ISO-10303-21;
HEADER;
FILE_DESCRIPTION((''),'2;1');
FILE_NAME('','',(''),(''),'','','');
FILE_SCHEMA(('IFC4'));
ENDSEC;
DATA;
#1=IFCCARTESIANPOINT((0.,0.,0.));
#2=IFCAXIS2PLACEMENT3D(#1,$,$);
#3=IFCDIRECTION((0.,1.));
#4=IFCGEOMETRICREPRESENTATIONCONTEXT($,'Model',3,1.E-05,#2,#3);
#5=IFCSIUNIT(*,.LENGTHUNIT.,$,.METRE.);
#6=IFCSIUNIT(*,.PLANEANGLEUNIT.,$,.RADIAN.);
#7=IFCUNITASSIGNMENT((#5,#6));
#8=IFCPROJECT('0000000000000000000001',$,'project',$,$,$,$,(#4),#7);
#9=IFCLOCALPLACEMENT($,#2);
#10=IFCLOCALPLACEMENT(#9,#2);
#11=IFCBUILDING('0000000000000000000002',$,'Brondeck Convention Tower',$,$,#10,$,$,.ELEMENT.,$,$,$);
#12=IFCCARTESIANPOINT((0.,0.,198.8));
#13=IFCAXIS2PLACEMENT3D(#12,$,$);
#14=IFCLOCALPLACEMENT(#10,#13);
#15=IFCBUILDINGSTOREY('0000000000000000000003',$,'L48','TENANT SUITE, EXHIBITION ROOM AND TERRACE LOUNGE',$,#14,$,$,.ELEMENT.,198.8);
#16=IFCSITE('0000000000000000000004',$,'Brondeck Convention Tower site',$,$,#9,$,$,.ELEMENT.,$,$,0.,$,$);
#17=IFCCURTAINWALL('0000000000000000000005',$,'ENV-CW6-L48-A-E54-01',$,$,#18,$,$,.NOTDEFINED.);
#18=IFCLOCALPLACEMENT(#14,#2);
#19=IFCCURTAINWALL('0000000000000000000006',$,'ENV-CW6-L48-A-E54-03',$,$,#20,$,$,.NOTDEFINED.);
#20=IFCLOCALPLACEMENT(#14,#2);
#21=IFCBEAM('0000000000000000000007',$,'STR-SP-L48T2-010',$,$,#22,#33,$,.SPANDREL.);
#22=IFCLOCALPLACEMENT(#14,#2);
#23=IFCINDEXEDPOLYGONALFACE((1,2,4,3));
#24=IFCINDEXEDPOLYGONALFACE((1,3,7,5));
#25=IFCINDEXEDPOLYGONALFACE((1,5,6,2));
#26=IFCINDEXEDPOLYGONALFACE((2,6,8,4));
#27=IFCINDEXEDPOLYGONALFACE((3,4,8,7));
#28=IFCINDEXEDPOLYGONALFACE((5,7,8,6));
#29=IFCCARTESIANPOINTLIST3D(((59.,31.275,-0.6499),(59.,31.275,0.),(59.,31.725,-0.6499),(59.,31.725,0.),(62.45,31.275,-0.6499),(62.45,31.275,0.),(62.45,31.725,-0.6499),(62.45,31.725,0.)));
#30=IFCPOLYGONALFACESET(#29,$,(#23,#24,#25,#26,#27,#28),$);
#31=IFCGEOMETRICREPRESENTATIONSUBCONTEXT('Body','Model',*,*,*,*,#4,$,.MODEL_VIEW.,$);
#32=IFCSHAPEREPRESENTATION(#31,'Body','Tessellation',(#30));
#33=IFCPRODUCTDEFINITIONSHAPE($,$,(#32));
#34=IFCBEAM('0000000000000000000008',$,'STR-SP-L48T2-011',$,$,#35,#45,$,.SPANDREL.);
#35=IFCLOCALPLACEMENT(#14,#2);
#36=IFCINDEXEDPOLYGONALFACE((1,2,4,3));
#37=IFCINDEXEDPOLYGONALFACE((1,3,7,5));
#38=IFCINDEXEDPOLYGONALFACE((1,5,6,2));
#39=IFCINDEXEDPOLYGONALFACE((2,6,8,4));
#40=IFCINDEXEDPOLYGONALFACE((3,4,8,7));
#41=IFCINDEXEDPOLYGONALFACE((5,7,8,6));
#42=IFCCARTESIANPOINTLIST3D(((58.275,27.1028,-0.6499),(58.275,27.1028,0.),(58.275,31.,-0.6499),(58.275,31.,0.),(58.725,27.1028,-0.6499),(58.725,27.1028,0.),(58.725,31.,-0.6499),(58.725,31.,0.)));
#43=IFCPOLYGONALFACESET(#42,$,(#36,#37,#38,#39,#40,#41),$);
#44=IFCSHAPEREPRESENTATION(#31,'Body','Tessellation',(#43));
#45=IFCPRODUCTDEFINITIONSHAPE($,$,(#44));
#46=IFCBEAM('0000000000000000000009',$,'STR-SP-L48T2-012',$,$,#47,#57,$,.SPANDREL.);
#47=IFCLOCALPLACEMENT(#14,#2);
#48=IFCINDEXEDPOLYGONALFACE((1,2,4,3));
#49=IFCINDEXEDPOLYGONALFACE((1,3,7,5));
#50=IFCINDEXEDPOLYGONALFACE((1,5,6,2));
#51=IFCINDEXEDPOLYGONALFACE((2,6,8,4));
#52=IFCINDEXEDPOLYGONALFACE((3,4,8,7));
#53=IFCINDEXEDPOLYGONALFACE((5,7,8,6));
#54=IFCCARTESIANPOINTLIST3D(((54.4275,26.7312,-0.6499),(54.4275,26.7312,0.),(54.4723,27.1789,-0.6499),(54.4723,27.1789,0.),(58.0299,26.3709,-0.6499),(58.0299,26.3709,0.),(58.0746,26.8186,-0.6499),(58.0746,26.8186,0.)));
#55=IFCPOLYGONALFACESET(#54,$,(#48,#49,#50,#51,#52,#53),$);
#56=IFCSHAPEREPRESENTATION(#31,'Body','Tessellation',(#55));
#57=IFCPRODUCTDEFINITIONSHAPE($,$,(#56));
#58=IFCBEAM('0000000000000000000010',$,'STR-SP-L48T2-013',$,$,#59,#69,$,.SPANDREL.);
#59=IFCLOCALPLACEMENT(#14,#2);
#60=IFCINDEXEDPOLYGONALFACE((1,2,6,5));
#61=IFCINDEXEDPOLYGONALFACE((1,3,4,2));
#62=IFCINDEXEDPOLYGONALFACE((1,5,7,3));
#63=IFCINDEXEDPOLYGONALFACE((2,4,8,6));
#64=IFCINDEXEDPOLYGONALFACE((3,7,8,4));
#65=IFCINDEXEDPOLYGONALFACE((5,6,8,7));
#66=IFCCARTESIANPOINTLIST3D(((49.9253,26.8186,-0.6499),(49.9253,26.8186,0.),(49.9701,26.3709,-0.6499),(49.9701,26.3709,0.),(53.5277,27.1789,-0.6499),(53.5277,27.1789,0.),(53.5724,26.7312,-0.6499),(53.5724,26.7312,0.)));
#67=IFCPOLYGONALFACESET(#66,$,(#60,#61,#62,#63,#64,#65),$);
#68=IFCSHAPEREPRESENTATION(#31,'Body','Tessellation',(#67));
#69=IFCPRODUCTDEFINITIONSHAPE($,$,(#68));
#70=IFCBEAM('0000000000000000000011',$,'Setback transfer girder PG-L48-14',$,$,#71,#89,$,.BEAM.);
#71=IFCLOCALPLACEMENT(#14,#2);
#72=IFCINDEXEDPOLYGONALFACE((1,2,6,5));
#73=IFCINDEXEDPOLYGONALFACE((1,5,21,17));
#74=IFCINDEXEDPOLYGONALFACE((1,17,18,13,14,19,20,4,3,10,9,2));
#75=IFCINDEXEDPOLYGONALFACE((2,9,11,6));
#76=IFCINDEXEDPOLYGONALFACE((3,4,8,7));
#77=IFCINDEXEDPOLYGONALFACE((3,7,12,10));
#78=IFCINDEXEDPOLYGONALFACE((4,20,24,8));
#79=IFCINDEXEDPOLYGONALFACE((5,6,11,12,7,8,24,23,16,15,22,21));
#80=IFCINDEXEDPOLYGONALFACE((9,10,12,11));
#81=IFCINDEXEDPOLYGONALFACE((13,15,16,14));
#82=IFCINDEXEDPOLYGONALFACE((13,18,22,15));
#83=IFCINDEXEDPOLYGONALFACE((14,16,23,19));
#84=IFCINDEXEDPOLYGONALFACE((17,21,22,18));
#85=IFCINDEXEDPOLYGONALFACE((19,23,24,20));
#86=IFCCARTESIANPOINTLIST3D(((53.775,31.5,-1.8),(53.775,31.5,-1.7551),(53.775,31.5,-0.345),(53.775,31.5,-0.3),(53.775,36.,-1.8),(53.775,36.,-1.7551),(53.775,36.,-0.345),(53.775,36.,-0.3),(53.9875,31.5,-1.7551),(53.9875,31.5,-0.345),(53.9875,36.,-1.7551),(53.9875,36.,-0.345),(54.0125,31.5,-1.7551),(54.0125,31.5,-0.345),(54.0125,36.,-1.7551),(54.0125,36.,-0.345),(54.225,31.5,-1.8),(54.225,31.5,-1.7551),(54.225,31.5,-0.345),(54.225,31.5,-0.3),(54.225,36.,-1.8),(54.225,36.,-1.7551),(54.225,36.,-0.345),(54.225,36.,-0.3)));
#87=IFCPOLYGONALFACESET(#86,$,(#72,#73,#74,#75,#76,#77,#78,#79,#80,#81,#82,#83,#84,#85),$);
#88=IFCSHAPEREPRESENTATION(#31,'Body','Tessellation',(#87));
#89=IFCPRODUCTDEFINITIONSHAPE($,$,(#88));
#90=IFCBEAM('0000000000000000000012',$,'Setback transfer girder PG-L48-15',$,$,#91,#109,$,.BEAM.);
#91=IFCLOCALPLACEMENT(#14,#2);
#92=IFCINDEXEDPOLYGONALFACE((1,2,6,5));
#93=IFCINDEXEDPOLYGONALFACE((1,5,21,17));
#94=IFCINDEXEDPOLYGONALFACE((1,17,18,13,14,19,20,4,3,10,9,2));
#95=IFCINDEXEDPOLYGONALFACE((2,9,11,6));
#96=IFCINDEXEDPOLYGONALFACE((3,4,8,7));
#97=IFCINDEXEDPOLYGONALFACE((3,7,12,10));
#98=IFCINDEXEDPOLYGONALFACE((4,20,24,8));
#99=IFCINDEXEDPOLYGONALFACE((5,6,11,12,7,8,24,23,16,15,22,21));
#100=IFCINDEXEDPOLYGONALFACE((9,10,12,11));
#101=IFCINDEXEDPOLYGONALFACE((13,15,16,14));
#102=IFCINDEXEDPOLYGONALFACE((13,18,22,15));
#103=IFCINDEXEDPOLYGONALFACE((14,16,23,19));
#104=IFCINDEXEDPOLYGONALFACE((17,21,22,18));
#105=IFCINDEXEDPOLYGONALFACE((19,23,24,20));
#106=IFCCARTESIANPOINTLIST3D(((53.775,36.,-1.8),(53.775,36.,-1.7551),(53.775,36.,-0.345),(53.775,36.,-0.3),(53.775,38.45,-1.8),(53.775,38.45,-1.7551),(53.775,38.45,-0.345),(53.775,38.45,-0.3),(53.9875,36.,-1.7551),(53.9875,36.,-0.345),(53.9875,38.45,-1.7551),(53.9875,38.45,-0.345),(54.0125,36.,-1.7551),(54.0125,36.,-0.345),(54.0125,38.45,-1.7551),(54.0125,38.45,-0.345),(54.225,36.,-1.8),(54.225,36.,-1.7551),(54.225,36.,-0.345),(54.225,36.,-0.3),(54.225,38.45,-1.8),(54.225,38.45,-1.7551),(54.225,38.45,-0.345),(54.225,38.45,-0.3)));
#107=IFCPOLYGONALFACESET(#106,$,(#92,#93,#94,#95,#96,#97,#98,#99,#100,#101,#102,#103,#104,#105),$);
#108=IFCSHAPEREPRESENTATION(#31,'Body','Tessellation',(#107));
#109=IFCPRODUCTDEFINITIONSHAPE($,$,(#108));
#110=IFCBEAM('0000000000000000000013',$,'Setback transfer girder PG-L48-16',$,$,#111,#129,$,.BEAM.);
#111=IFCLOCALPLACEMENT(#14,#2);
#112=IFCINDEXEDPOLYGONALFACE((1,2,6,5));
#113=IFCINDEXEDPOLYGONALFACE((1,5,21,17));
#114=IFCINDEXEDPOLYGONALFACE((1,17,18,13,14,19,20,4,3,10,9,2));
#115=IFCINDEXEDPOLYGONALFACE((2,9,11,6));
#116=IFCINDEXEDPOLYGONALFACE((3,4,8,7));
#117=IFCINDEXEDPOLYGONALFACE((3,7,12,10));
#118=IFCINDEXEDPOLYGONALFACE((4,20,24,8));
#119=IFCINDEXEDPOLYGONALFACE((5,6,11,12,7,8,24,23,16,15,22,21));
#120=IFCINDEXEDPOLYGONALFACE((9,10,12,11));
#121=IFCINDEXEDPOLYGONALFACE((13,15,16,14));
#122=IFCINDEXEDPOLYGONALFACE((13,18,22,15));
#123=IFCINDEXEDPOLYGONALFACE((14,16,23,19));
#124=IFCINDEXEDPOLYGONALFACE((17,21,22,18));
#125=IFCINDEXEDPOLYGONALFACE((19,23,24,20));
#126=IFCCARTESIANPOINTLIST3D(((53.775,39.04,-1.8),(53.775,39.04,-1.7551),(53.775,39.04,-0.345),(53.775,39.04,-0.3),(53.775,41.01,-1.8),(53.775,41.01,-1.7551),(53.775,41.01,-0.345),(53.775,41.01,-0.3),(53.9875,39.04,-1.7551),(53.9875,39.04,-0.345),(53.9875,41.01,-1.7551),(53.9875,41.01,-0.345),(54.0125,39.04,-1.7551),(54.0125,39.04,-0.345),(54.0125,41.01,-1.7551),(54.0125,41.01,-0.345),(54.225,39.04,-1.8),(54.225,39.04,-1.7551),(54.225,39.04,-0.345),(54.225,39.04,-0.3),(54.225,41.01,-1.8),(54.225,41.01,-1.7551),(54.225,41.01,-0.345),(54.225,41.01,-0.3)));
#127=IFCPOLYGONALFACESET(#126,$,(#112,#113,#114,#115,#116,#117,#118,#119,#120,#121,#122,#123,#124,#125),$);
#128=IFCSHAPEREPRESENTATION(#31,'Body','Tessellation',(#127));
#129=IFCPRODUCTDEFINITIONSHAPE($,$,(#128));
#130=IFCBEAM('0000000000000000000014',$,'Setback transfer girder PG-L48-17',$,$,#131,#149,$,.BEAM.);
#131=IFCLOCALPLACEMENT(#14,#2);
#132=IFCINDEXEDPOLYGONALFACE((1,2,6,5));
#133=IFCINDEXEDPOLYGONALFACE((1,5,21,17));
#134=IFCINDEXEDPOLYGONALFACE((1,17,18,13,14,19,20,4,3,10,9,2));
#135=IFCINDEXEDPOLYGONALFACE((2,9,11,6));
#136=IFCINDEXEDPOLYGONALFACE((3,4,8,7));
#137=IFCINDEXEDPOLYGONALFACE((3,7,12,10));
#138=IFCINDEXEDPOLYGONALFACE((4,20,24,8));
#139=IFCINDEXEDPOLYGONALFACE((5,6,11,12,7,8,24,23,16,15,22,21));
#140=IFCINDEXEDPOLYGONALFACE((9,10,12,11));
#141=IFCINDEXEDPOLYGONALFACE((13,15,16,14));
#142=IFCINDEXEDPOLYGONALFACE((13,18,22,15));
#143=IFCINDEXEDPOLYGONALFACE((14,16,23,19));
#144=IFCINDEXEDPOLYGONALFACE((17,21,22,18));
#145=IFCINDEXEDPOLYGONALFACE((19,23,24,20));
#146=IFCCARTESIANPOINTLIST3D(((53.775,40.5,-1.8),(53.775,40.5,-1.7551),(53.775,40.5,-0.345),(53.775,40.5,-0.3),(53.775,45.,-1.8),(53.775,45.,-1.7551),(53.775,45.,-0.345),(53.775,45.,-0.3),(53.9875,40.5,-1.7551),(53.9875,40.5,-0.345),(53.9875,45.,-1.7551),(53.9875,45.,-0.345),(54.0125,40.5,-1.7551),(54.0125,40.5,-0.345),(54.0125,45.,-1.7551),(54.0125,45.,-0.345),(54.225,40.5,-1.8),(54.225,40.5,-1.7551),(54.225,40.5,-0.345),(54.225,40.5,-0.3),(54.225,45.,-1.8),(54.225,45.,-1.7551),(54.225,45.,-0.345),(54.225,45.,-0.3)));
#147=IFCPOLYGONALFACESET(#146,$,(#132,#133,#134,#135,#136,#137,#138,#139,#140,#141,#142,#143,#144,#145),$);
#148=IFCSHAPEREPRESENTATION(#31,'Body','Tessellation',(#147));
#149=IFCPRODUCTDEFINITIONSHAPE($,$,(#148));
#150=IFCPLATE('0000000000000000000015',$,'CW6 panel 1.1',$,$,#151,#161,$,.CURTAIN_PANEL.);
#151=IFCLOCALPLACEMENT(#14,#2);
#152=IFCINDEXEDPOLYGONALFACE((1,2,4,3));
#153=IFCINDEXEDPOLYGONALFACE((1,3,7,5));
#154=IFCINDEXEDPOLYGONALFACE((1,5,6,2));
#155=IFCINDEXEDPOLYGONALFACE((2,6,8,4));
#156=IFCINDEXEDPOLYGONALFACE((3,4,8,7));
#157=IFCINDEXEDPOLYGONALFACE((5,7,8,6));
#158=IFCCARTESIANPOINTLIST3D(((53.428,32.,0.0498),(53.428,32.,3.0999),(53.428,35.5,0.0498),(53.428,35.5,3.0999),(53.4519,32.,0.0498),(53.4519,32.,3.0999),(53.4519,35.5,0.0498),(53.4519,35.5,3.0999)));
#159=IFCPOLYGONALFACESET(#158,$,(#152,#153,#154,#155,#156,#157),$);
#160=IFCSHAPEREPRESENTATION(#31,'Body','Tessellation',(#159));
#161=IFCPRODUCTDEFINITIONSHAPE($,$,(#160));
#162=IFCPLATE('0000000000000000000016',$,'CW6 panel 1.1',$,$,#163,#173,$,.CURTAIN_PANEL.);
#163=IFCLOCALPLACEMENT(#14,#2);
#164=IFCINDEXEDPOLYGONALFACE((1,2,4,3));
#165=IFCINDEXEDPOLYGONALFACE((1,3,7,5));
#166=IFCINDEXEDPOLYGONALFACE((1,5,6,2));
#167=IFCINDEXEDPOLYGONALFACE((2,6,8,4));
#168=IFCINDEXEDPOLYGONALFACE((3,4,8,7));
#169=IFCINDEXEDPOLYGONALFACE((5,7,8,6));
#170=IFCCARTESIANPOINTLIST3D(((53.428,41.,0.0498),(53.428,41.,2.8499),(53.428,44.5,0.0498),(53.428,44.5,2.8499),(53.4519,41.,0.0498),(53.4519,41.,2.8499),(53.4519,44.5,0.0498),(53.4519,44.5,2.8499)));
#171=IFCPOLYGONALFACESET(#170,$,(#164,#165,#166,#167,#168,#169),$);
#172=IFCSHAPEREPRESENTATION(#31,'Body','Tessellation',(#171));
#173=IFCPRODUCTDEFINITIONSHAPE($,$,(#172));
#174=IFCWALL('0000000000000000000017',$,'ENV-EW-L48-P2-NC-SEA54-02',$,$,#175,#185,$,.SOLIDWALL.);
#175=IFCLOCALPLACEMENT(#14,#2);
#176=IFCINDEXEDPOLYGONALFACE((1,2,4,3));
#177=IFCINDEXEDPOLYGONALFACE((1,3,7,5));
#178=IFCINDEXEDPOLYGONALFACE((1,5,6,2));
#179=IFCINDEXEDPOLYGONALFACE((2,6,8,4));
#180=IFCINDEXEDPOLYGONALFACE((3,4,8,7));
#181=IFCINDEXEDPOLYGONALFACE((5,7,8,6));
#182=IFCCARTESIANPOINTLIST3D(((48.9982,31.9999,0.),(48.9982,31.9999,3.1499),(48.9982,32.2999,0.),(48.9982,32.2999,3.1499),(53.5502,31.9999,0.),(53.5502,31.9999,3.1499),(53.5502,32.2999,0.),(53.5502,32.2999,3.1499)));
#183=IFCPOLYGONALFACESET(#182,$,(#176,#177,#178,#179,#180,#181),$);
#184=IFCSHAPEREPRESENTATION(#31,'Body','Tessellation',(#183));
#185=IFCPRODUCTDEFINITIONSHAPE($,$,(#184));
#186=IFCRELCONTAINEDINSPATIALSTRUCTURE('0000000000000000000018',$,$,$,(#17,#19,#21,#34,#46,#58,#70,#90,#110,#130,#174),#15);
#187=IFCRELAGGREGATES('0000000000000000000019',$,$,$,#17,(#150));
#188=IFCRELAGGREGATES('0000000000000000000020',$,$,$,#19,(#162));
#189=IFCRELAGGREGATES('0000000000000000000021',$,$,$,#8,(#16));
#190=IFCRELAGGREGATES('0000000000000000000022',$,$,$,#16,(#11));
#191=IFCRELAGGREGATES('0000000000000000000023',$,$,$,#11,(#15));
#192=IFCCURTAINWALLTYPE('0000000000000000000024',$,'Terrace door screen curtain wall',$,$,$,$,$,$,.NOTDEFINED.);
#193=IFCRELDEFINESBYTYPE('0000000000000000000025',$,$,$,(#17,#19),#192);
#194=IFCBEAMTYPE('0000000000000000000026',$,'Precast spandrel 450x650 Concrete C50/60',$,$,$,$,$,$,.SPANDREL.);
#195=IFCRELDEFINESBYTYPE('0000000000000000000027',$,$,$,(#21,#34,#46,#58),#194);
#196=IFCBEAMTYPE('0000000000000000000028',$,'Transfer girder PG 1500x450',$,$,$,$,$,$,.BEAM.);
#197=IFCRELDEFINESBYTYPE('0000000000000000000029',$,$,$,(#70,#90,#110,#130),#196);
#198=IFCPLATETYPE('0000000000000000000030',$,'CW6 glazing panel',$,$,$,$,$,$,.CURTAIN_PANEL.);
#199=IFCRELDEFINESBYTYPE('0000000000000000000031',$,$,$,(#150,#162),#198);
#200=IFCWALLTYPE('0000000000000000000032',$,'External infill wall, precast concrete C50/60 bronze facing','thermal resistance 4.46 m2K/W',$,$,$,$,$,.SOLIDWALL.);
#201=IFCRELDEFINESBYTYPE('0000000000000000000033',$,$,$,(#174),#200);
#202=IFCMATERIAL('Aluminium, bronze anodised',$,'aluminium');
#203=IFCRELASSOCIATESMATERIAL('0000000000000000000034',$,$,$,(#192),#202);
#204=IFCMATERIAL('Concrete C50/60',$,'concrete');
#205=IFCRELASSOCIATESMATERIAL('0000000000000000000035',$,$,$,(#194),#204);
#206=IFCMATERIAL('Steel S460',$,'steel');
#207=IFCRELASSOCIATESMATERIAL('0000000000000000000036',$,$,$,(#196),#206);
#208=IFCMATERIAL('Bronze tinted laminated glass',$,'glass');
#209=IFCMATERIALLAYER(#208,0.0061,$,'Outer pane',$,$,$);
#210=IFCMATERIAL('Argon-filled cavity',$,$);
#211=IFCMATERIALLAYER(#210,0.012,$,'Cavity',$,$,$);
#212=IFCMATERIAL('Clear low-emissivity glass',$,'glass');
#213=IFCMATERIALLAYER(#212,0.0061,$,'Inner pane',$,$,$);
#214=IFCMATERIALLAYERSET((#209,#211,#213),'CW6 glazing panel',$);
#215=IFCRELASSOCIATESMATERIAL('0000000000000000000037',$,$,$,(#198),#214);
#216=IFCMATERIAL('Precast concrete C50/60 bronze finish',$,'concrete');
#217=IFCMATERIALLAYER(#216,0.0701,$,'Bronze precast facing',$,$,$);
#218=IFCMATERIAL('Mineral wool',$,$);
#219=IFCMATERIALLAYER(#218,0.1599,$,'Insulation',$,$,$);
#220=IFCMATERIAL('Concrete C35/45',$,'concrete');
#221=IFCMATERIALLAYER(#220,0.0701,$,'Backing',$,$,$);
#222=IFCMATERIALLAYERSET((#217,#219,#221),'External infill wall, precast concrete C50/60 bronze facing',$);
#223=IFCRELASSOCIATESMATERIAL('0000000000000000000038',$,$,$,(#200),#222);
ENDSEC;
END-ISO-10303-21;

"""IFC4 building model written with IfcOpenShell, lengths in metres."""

from ifc_helpers import new_model, si_unit, direction, frame, frame_2d, origin, origin_2d, place, context, subcontext, project, spatial, rectangle, i_section, extrude, material, layer, layer_set, material_profile, profile_set, type_object, element, aggregate, save


model = new_model("IFC4")

# Units and contexts
model_context = context("Model", 3, precision=1e-05, world=origin(), true_north=direction((0.0, 1.0)))
body_context = subcontext(model_context, "Body", "Model", "MODEL_VIEW")
ifc_project = project(units=[si_unit("LENGTHUNIT", "METRE"), si_unit("PLANEANGLEUNIT", "RADIAN")], contexts=[model_context])

# Site, building, storey
site_placement = place(None, origin())
site = spatial("IfcSite", under=ifc_project, at=site_placement, Name="Brondeck Convention Tower site", CompositionType="ELEMENT", RefElevation=0.0)
building_placement = place(site_placement, origin())
building = spatial("IfcBuilding", under=site, at=building_placement, Name="Brondeck Convention Tower", CompositionType="ELEMENT")
storey_placement = place(building_placement, frame((0.0, 0.0, 198.8)))
storey = spatial("IfcBuildingStorey", under=building, at=storey_placement, Name="L48", Description="TENANT SUITE, EXHIBITION ROOM AND TERRACE LOUNGE", CompositionType="ELEMENT", Elevation=198.8)

# Shared definitions
ifc_material_1 = material(Name="Concrete C50/60", Category="concrete")

# Curtain walls
ifc_material_2 = material(Name="Aluminium, bronze anodised", Category="aluminium")
curtain_wall_type = type_object("IfcCurtainWallType", Name="Terrace door screen curtain wall", PredefinedType="NOTDEFINED", material=ifc_material_2)
curtain_wall_1_placement = place(storey_placement, origin())
curtain_wall_1 = element("IfcCurtainWall", 1, at=curtain_wall_1_placement, inside=storey, type_object=curtain_wall_type, Name="ENV-CW6-L48-A-E54-01", PredefinedType="NOTDEFINED")
curtain_wall_2_placement = place(storey_placement, origin())
curtain_wall_2 = element("IfcCurtainWall", 2, at=curtain_wall_2_placement, inside=storey, type_object=curtain_wall_type, Name="ENV-CW6-L48-A-E54-03", PredefinedType="NOTDEFINED")

# Beams
ifc_material_profile_1 = material_profile(ifc_material_1, rectangle(XDim=0.45, YDim=0.6499, at=origin_2d()), Name="Precast spandrel 450x650 Concrete C50/60")
ifc_profile_set_1 = profile_set([ifc_material_profile_1], Name="Concrete C50/60")
beam_type_1 = type_object("IfcBeamType", Name="Precast spandrel 450x650 Concrete C50/60", PredefinedType="SPANDREL", material=ifc_profile_set_1)
beam_1_placement = place(storey_placement, frame((62.45, 31.5, -0.325), z_axis=(-1.0, 0.0, 0.0), x_axis=(0.0, -1.0, 0.0)))
element("IfcBeam", 3, at=beam_1_placement, inside=storey, type_object=beam_type_1, Name="STR-SP-L48T2-010", PredefinedType="SPANDREL", context=body_context, shape_type="SweptSolid", body=[
    extrude(rectangle(XDim=0.45, YDim=0.6499, at=origin_2d()), origin(), (0.0, 0.0, 1.0), 3.45),
])
beam_2_placement = place(storey_placement, frame((58.5, 31.0, -0.325), z_axis=(0.0, -1.0, 0.0), x_axis=(1.0, 0.0, 0.0)))
element("IfcBeam", 4, at=beam_2_placement, inside=storey, type_object=beam_type_1, Name="STR-SP-L48T2-011", PredefinedType="SPANDREL", context=body_context, shape_type="SweptSolid", body=[
    extrude(rectangle(XDim=0.45, YDim=0.6499, at=origin_2d()), origin(), (0.0, 0.0, 1.0), 3.8972),
])
for number, where, z_axis, x_axis, name in (
    (5, (58.0522, 26.5947, -0.325), (-0.995034, 0.099537, 0.0), (-0.099537, -0.995034, 0.0), "STR-SP-L48T2-012"),
    (6, (53.55, 26.9551, -0.325), (-0.995034, -0.099537, 0.0), (0.099537, -0.995034, 0.0), "STR-SP-L48T2-013"),
):
    element("IfcBeam", number, at=place(storey_placement, frame(where, z_axis=z_axis, x_axis=x_axis)), inside=storey, type_object=beam_type_1, Name=name, PredefinedType="SPANDREL", context=body_context, shape_type="SweptSolid", body=[
        extrude(rectangle(XDim=0.45, YDim=0.6499, at=origin_2d()), origin(), (0.0, 0.0, 1.0), 3.6204),
    ])
ifc_material_3 = material(Name="Steel S460", Category="steel")
ifc_material_profile_2 = material_profile(ifc_material_3, i_section(OverallWidth=0.45, OverallDepth=1.5, WebThickness=0.0249, FlangeThickness=0.0449, at=origin_2d()), Name="PG 1500x450")
ifc_profile_set_2 = profile_set([ifc_material_profile_2], Name="Steel S460")
beam_type_2 = type_object("IfcBeamType", Name="Transfer girder PG 1500x450", PredefinedType="BEAM", material=ifc_profile_set_2)
beam_3_placement = place(storey_placement, frame((54.0, 31.5, -1.05), z_axis=(0.0, 1.0, 0.0), x_axis=(-1.0, 0.0, 0.0)))
element("IfcBeam", 7, at=beam_3_placement, inside=storey, type_object=beam_type_2, Name="Setback transfer girder PG-L48-14", PredefinedType="BEAM", context=body_context, shape_type="SweptSolid", body=[
    extrude(i_section(OverallWidth=0.45, OverallDepth=1.5, WebThickness=0.0249, FlangeThickness=0.0449, at=origin_2d()), origin(), (0.0, 0.0, 1.0), 4.5),
])
beam_4_placement = place(storey_placement, frame((54.0, 36.0, -1.05), z_axis=(0.0, 1.0, 0.0), x_axis=(-1.0, 0.0, 0.0)))
element("IfcBeam", 8, at=beam_4_placement, inside=storey, type_object=beam_type_2, Name="Setback transfer girder PG-L48-15", PredefinedType="BEAM", context=body_context, shape_type="SweptSolid", body=[
    extrude(i_section(OverallWidth=0.45, OverallDepth=1.5, WebThickness=0.0249, FlangeThickness=0.0449, at=origin_2d()), origin(), (0.0, 0.0, 1.0), 2.45),
])
beam_5_placement = place(storey_placement, frame((54.0, 39.04, -1.05), z_axis=(0.0, 1.0, 0.0), x_axis=(-1.0, 0.0, 0.0)))
element("IfcBeam", 9, at=beam_5_placement, inside=storey, type_object=beam_type_2, Name="Setback transfer girder PG-L48-16", PredefinedType="BEAM", context=body_context, shape_type="SweptSolid", body=[
    extrude(i_section(OverallWidth=0.45, OverallDepth=1.5, WebThickness=0.0249, FlangeThickness=0.0449, at=origin_2d()), origin(), (0.0, 0.0, 1.0), 1.97),
])
beam_6_placement = place(storey_placement, frame((54.0, 40.5, -1.05), z_axis=(0.0, 1.0, 0.0), x_axis=(-1.0, 0.0, 0.0)))
element("IfcBeam", 10, at=beam_6_placement, inside=storey, type_object=beam_type_2, Name="Setback transfer girder PG-L48-17", PredefinedType="BEAM", context=body_context, shape_type="SweptSolid", body=[
    extrude(i_section(OverallWidth=0.45, OverallDepth=1.5, WebThickness=0.0249, FlangeThickness=0.0449, at=origin_2d()), origin(), (0.0, 0.0, 1.0), 4.5),
])

# Plates
ifc_material_4 = material(Name="Bronze tinted laminated glass", Category="glass")
ifc_layer_1 = layer(ifc_material_4, 0.0061, Name="Outer pane")
ifc_material_5 = material(Name="Argon-filled cavity")
ifc_layer_2 = layer(ifc_material_5, 0.012, Name="Cavity")
ifc_material_6 = material(Name="Clear low-emissivity glass", Category="glass")
ifc_layer_3 = layer(ifc_material_6, 0.0061, Name="Inner pane")
ifc_layer_set_1 = layer_set([ifc_layer_1, ifc_layer_2, ifc_layer_3], Name="CW6 glazing panel")
plate_type = type_object("IfcPlateType", Name="CW6 glazing panel", PredefinedType="CURTAIN_PANEL", material=ifc_layer_set_1)
plate_1_placement = place(storey_placement, frame((53.4399, 33.75, 0.0498), z_axis=(0.0, 0.0, 1.0), x_axis=(0.0, -1.0, 0.0)))
plate_1 = element("IfcPlate", 11, at=plate_1_placement, type_object=plate_type, Name="CW6 panel 1.1", PredefinedType="CURTAIN_PANEL", context=body_context, shape_type="SweptSolid", body=[
    extrude(rectangle(XDim=3.5, YDim=0.0239, at=origin_2d()), origin(), (0.0, 0.0, 1.0), 3.05),
])
aggregate(curtain_wall_1, [plate_1])
plate_2_placement = place(storey_placement, frame((53.4399, 42.75, 0.0498), z_axis=(0.0, 0.0, 1.0), x_axis=(0.0, -1.0, 0.0)))
plate_2 = element("IfcPlate", 12, at=plate_2_placement, type_object=plate_type, Name="CW6 panel 1.1", PredefinedType="CURTAIN_PANEL", context=body_context, shape_type="SweptSolid", body=[
    extrude(rectangle(XDim=3.5, YDim=0.0239, at=origin_2d()), origin(), (0.0, 0.0, 1.0), 2.8),
])
aggregate(curtain_wall_2, [plate_2])

# Wall
ifc_material_7 = material(Name="Precast concrete C50/60 bronze finish", Category="concrete")
ifc_layer_4 = layer(ifc_material_7, 0.0701, Name="Bronze precast facing")
ifc_material_8 = material(Name="Mineral wool")
ifc_layer_5 = layer(ifc_material_8, 0.1599, Name="Insulation")
ifc_material_9 = material(Name="Concrete C35/45", Category="concrete")
ifc_layer_6 = layer(ifc_material_9, 0.0701, Name="Backing")
ifc_layer_set_2 = layer_set([ifc_layer_4, ifc_layer_5, ifc_layer_6], Name="External infill wall, precast concrete C50/60 bronze facing")
wall_type = type_object("IfcWallType", Name="External infill wall, precast concrete C50/60 bronze facing", Description="thermal resistance 4.46 m2K/W", PredefinedType="SOLIDWALL", material=ifc_layer_set_2)
wall_1_placement = place(storey_placement, frame((53.55, 32.1499, 0.0), z_axis=(0.0, 0.0, 1.0), x_axis=(-1.0, 0.0, 0.0)))
element("IfcWall", 13, at=wall_1_placement, inside=storey, type_object=wall_type, Name="ENV-EW-L48-P2-NC-SEA54-02", PredefinedType="SOLIDWALL", context=body_context, shape_type="SweptSolid", body=[
    extrude(rectangle(XDim=4.552, YDim=0.3, at=frame_2d((2.2759, 0.0))), origin(), (0.0, 0.0, 1.0), 3.1499),
])

save(model, "model.ifc")
